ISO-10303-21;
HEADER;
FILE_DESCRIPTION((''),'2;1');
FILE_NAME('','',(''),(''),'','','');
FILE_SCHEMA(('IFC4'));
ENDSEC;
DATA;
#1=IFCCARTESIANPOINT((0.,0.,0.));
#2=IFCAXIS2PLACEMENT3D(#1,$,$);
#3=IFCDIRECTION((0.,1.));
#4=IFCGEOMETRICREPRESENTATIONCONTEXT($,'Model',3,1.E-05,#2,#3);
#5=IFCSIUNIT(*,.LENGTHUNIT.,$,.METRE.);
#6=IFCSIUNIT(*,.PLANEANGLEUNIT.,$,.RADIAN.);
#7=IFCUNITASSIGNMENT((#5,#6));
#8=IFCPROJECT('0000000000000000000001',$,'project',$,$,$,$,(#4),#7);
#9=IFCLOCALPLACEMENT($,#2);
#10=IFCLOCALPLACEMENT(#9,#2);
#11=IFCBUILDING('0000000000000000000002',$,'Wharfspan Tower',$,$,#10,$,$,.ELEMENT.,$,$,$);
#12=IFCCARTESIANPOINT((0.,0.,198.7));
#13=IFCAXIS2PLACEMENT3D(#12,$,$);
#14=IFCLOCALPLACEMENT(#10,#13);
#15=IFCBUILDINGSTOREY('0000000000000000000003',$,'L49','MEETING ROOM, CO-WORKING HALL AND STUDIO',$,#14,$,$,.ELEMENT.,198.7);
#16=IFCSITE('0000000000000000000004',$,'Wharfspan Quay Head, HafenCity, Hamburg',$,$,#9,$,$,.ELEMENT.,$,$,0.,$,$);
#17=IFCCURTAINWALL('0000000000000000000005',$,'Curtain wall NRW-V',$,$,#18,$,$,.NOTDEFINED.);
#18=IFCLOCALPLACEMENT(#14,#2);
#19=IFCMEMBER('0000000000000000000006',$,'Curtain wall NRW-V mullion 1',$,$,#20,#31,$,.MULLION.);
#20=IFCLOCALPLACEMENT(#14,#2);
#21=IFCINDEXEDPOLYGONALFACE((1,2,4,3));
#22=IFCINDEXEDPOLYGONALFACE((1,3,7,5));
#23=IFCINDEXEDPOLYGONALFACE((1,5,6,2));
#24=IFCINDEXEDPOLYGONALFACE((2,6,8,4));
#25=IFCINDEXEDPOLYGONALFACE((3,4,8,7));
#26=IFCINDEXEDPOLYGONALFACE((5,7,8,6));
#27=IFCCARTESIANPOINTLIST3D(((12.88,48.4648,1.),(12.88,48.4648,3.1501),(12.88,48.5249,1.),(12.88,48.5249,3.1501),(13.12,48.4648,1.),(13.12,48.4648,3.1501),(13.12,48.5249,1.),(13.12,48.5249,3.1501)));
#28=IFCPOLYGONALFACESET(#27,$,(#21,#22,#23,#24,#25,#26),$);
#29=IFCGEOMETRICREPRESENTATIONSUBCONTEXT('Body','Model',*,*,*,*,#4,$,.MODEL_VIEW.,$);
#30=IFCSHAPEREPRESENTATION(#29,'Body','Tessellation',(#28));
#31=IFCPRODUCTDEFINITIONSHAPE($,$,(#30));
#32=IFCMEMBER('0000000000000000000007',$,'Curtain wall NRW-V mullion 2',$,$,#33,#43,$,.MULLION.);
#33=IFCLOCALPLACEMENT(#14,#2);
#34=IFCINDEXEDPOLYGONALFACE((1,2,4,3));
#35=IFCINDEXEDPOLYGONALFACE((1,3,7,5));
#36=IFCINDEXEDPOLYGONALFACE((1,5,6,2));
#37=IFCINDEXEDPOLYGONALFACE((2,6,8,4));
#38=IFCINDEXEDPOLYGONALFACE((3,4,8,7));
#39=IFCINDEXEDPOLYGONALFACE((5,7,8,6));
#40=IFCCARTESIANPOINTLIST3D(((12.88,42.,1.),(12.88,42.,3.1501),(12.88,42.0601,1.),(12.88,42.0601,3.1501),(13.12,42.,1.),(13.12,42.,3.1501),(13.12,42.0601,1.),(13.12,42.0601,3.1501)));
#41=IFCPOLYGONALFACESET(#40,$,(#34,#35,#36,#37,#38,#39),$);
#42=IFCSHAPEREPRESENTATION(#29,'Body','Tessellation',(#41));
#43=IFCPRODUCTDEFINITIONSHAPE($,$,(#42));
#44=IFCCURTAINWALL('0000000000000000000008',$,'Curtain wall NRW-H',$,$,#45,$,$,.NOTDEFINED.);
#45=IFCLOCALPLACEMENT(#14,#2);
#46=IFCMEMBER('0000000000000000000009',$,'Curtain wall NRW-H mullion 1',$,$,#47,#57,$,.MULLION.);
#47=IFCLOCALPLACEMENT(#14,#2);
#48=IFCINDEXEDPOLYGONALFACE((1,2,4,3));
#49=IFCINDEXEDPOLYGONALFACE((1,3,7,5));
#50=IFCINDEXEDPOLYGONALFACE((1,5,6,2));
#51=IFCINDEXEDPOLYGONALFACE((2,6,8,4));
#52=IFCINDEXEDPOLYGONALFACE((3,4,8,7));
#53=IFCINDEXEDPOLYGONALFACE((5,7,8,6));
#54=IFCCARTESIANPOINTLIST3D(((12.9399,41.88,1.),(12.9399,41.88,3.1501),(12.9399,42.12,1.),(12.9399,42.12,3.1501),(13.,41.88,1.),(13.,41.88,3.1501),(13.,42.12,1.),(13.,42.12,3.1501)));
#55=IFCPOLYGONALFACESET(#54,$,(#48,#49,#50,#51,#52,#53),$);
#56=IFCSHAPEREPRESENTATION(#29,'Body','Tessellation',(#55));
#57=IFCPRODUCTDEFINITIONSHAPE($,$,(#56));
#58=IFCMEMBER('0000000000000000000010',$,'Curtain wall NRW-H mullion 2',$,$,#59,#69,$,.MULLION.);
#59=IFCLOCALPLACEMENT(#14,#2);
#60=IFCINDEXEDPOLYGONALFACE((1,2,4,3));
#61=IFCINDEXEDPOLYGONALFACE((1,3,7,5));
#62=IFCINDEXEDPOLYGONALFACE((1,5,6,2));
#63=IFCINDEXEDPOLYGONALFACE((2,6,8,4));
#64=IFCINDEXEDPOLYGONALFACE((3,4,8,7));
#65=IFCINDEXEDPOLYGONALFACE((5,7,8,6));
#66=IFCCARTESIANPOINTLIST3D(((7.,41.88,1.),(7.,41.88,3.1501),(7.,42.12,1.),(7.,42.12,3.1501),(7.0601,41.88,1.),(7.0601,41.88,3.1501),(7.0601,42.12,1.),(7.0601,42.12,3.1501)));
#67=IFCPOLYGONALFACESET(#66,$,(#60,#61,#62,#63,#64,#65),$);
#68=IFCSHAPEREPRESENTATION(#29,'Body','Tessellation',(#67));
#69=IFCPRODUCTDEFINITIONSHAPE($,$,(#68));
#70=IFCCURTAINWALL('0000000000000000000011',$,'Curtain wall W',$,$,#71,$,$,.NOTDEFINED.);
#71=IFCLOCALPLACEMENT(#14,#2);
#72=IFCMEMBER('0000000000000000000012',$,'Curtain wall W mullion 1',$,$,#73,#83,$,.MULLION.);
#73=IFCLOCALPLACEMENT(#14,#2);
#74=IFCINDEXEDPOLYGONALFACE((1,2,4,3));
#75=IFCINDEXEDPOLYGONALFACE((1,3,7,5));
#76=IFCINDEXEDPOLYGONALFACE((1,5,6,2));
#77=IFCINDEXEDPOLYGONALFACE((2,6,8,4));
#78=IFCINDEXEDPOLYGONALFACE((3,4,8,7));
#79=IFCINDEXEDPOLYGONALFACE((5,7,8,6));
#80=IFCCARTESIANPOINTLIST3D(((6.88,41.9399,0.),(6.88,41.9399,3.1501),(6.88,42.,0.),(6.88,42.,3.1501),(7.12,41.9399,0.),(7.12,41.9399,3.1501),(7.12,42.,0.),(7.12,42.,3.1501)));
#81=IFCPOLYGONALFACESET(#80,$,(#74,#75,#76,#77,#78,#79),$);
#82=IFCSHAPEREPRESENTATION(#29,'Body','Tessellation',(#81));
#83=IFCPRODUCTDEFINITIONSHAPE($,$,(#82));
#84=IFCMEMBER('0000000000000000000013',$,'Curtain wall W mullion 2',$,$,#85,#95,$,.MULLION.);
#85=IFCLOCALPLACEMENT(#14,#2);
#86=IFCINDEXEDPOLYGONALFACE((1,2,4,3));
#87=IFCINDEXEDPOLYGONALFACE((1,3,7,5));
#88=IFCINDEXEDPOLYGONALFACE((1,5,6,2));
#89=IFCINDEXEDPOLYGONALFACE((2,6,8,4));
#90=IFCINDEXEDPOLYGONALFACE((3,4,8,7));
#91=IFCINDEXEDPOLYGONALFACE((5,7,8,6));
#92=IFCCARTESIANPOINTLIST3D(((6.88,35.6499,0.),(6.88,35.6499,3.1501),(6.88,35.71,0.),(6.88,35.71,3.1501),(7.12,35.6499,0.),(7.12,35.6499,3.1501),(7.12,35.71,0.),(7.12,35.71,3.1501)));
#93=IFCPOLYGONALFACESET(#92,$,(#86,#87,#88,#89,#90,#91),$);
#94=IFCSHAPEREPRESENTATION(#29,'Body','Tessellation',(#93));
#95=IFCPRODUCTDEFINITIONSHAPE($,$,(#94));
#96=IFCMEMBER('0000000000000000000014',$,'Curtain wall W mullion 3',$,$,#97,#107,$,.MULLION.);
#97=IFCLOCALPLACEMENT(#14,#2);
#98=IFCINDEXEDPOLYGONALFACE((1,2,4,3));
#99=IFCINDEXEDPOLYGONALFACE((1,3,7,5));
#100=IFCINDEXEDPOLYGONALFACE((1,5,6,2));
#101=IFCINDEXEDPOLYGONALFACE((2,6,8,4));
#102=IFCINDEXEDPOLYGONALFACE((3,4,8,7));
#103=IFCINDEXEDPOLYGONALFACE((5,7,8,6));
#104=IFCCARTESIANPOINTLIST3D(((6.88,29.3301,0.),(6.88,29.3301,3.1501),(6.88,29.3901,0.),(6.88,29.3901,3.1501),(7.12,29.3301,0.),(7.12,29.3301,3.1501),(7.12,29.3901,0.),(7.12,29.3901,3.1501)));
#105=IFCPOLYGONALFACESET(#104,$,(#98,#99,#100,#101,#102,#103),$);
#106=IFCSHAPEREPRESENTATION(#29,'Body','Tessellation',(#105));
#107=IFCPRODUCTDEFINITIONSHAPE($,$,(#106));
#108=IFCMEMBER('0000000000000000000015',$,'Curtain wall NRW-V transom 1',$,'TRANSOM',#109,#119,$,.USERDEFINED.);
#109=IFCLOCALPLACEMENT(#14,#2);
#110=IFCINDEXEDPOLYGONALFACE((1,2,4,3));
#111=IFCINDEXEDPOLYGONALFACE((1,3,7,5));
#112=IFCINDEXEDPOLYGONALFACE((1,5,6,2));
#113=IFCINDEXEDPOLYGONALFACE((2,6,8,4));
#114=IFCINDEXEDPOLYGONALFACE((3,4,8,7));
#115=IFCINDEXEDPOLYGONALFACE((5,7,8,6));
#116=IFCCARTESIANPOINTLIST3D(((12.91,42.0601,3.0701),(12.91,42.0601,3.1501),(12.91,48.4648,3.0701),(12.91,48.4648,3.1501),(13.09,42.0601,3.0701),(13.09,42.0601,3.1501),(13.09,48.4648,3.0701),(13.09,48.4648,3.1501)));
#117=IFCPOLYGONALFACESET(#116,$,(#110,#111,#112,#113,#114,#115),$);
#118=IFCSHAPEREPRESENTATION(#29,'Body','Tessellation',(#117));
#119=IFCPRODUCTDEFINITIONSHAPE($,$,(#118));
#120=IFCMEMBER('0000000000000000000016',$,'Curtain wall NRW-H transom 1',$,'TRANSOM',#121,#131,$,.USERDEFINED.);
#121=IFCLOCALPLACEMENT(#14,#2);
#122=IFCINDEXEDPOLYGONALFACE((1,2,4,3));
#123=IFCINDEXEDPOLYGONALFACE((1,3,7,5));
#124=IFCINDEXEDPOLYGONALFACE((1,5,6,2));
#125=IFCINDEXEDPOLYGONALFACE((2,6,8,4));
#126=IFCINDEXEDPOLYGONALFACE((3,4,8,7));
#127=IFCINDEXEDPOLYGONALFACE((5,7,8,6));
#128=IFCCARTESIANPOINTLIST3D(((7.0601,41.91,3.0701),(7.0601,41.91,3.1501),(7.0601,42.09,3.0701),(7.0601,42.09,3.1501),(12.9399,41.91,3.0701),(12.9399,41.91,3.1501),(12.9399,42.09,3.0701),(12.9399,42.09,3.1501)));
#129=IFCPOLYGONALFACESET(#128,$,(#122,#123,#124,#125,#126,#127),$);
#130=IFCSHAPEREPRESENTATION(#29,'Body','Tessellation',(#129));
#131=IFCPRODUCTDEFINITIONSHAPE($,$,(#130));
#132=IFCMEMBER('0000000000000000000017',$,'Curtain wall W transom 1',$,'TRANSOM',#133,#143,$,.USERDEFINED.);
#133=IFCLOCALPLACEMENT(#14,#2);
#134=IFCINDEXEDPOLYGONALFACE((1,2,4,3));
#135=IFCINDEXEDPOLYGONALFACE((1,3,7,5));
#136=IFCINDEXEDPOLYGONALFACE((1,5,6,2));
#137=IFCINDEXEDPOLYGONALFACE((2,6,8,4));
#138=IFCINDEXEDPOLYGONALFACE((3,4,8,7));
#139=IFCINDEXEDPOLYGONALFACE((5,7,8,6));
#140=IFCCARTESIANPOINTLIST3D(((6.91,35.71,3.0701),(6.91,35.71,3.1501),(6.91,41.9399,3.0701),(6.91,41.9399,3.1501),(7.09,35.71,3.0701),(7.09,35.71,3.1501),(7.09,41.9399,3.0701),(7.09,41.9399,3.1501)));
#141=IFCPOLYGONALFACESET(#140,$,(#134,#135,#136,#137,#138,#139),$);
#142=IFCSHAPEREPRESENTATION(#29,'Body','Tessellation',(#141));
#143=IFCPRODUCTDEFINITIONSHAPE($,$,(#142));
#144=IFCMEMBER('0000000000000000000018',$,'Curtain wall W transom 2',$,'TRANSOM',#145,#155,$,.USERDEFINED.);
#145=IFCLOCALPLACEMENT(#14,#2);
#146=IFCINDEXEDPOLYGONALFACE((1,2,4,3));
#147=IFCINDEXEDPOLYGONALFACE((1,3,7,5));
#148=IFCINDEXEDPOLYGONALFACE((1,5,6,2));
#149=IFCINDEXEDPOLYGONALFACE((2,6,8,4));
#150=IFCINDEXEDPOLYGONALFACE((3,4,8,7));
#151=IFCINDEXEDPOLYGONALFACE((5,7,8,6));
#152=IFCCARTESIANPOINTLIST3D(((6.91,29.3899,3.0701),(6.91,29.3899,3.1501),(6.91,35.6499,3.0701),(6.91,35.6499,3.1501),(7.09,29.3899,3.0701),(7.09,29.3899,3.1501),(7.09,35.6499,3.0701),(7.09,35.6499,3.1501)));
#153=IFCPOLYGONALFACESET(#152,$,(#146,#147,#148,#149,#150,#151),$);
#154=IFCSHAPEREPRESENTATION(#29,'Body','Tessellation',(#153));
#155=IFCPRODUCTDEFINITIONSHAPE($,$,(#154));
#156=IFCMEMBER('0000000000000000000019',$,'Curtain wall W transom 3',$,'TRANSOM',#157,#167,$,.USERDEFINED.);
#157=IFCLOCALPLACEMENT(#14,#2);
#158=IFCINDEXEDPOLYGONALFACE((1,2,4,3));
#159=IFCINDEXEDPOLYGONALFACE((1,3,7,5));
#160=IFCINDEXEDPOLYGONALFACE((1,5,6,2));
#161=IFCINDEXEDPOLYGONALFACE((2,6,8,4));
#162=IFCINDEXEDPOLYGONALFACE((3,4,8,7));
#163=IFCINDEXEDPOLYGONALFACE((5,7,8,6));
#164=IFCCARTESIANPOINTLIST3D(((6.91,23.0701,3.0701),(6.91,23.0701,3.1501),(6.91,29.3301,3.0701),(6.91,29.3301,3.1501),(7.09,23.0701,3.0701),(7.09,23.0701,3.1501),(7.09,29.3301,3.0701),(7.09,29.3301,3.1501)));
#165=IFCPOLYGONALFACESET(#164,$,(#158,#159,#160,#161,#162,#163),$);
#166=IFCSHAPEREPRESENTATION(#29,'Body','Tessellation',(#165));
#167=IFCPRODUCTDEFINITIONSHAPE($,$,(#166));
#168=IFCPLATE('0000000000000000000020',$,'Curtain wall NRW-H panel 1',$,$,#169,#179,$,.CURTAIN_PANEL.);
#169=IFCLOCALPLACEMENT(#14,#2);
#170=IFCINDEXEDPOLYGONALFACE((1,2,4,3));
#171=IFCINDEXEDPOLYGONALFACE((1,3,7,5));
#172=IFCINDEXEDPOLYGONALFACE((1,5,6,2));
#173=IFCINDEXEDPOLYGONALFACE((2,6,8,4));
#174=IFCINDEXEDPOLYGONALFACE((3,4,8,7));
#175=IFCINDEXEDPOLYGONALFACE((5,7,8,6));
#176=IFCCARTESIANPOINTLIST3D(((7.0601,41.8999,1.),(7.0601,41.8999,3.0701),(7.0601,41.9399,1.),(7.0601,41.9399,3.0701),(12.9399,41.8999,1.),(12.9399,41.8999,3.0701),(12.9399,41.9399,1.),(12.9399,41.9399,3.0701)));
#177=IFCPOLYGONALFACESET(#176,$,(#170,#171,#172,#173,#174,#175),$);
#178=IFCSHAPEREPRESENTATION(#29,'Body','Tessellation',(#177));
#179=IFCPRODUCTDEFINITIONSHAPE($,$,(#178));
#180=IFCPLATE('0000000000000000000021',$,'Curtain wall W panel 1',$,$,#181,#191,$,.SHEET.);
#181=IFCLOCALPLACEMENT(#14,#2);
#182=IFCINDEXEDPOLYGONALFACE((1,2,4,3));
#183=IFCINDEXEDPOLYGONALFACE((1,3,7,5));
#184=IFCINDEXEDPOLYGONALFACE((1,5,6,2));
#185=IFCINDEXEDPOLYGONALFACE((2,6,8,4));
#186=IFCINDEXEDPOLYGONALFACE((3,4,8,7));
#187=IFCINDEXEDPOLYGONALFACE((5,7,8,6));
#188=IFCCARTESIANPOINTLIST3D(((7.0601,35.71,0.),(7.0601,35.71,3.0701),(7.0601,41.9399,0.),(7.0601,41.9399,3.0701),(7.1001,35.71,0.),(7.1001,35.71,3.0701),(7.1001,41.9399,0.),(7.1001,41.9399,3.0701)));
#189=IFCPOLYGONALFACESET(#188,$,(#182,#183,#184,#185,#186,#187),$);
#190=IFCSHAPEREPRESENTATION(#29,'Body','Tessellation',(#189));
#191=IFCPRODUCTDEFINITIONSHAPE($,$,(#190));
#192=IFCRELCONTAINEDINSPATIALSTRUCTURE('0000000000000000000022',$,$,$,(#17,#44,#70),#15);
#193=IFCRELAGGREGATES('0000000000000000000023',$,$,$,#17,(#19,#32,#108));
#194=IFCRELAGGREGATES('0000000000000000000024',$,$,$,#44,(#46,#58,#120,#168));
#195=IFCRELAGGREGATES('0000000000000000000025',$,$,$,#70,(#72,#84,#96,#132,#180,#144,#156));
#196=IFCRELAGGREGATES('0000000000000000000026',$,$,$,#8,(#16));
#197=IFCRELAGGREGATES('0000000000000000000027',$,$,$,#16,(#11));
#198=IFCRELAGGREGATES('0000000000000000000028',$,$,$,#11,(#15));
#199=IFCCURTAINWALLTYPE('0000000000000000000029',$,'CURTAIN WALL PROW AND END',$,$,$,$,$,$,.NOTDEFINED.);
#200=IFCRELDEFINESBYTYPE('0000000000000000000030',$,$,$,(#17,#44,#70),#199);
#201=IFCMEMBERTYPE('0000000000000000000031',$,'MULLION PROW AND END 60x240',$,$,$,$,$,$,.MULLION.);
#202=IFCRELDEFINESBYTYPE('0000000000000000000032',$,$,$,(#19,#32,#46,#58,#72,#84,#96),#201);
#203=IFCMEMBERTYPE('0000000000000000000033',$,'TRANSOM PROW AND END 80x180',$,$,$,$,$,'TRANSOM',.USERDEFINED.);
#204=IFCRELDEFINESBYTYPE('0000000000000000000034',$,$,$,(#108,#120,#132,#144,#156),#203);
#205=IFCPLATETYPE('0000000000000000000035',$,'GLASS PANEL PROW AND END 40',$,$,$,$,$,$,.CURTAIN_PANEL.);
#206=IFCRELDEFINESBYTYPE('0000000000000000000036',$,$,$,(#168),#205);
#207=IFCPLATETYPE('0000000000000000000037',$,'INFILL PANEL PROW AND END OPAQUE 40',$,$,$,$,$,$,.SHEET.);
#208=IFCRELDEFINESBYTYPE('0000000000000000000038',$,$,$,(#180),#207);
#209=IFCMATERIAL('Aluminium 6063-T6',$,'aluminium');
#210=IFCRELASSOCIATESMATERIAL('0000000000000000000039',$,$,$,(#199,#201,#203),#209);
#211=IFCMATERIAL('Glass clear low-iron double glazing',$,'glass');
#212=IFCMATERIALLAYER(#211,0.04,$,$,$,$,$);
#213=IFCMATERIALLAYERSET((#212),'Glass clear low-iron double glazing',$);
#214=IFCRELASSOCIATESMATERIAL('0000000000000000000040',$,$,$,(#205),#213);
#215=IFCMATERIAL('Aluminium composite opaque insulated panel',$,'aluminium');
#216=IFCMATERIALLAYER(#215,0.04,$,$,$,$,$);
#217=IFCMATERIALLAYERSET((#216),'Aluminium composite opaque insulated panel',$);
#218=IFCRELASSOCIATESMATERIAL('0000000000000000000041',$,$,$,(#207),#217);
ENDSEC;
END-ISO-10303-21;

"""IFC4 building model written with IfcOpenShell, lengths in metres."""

from ifc_helpers import new_model, si_unit, direction, frame, origin, origin_2d, place, context, subcontext, project, spatial, rectangle, extrude, material, layer, layer_set, material_profile, profile_set, type_object, element, aggregate, save


model = new_model("IFC4")

# Units and contexts
model_context = context("Model", 3, precision=1e-05, world=origin(), true_north=direction((0.0, 1.0)))
body_context = subcontext(model_context, "Body", "Model", "MODEL_VIEW")
ifc_project = project(units=[si_unit("LENGTHUNIT", "METRE"), si_unit("PLANEANGLEUNIT", "RADIAN")], contexts=[model_context])

# Site, building, storey
site_placement = place(None, origin())
site = spatial("IfcSite", under=ifc_project, at=site_placement, Name="Wharfspan Quay Head, HafenCity, Hamburg", CompositionType="ELEMENT", RefElevation=0.0)
building_placement = place(site_placement, origin())
building = spatial("IfcBuilding", under=site, at=building_placement, Name="Wharfspan Tower", CompositionType="ELEMENT")
storey_placement = place(building_placement, frame((0.0, 0.0, 198.7)))
storey = spatial("IfcBuildingStorey", under=building, at=storey_placement, Name="L49", Description="MEETING ROOM, CO-WORKING HALL AND STUDIO", CompositionType="ELEMENT", Elevation=198.7)

# Curtain walls, members
ifc_material_1 = material(Name="Aluminium 6063-T6", Category="aluminium")
curtain_wall_type = type_object("IfcCurtainWallType", Name="CURTAIN WALL PROW AND END", PredefinedType="NOTDEFINED", material=ifc_material_1)
curtain_wall_1_placement = place(storey_placement, origin())
curtain_wall_1 = element("IfcCurtainWall", 1, at=curtain_wall_1_placement, inside=storey, type_object=curtain_wall_type, Name="Curtain wall NRW-V", PredefinedType="NOTDEFINED")
ifc_material_profile_1 = material_profile(ifc_material_1, rectangle(XDim=0.24, YDim=0.0601, at=origin_2d()))
ifc_profile_set_1 = profile_set([ifc_material_profile_1], Name="Aluminium 6063-T6")
member_type_1 = type_object("IfcMemberType", Name="MULLION PROW AND END 60x240", PredefinedType="MULLION", material=ifc_profile_set_1)
member_1_placement = place(storey_placement, frame((13.0, 48.4949, 1.0), z_axis=(0.0, 0.0, 1.0), x_axis=(1.0, 0.0, 0.0)))
member_1 = element("IfcMember", 2, at=member_1_placement, type_object=member_type_1, Name="Curtain wall NRW-V mullion 1", PredefinedType="MULLION", context=body_context, shape_type="SweptSolid", body=[
    extrude(rectangle(XDim=0.24, YDim=0.0601, at=origin_2d()), origin(), (0.0, 0.0, 1.0), 2.1501),
])
member_2_placement = place(storey_placement, frame((13.0, 42.03, 1.0), z_axis=(0.0, 0.0, 1.0), x_axis=(1.0, 0.0, 0.0)))
member_2 = element("IfcMember", 3, at=member_2_placement, type_object=member_type_1, Name="Curtain wall NRW-V mullion 2", PredefinedType="MULLION", context=body_context, shape_type="SweptSolid", body=[
    extrude(rectangle(XDim=0.24, YDim=0.0601, at=origin_2d()), origin(), (0.0, 0.0, 1.0), 2.1501),
])
curtain_wall_2_placement = place(storey_placement, origin())
curtain_wall_2 = element("IfcCurtainWall", 4, at=curtain_wall_2_placement, inside=storey, type_object=curtain_wall_type, Name="Curtain wall NRW-H", PredefinedType="NOTDEFINED")
member_3_placement = place(storey_placement, frame((12.97, 42.0, 1.0), z_axis=(0.0, 0.0, 1.0), x_axis=(0.0, -1.0, 0.0)))
member_3 = element("IfcMember", 5, at=member_3_placement, type_object=member_type_1, Name="Curtain wall NRW-H mullion 1", PredefinedType="MULLION", context=body_context, shape_type="SweptSolid", body=[
    extrude(rectangle(XDim=0.24, YDim=0.0601, at=origin_2d()), origin(), (0.0, 0.0, 1.0), 2.1501),
])
member_4_placement = place(storey_placement, frame((7.03, 42.0, 1.0), z_axis=(0.0, 0.0, 1.0), x_axis=(0.0, -1.0, 0.0)))
member_4 = element("IfcMember", 6, at=member_4_placement, type_object=member_type_1, Name="Curtain wall NRW-H mullion 2", PredefinedType="MULLION", context=body_context, shape_type="SweptSolid", body=[
    extrude(rectangle(XDim=0.24, YDim=0.0601, at=origin_2d()), origin(), (0.0, 0.0, 1.0), 2.1501),
])
curtain_wall_3_placement = place(storey_placement, origin())
curtain_wall_3 = element("IfcCurtainWall", 7, at=curtain_wall_3_placement, inside=storey, type_object=curtain_wall_type, Name="Curtain wall W", PredefinedType="NOTDEFINED")
member_5_placement = place(storey_placement, frame((7.0, 41.97, 0.0), z_axis=(0.0, 0.0, 1.0), x_axis=(1.0, 0.0, 0.0)))
member_5 = element("IfcMember", 8, at=member_5_placement, type_object=member_type_1, Name="Curtain wall W mullion 1", PredefinedType="MULLION", context=body_context, shape_type="SweptSolid", body=[
    extrude(rectangle(XDim=0.24, YDim=0.0601, at=origin_2d()), origin(), (0.0, 0.0, 1.0), 3.1501),
])
member_6_placement = place(storey_placement, frame((7.0, 35.6799, 0.0), z_axis=(0.0, 0.0, 1.0), x_axis=(1.0, 0.0, 0.0)))
member_6 = element("IfcMember", 9, at=member_6_placement, type_object=member_type_1, Name="Curtain wall W mullion 2", PredefinedType="MULLION", context=body_context, shape_type="SweptSolid", body=[
    extrude(rectangle(XDim=0.24, YDim=0.0601, at=origin_2d()), origin(), (0.0, 0.0, 1.0), 3.1501),
])
member_7_placement = place(storey_placement, frame((7.0, 29.3601, 0.0), z_axis=(0.0, 0.0, 1.0), x_axis=(1.0, 0.0, 0.0)))
member_7 = element("IfcMember", 10, at=member_7_placement, type_object=member_type_1, Name="Curtain wall W mullion 3", PredefinedType="MULLION", context=body_context, shape_type="SweptSolid", body=[
    extrude(rectangle(XDim=0.24, YDim=0.0601, at=origin_2d()), origin(), (0.0, 0.0, 1.0), 3.1501),
])

# Members
ifc_material_profile_2 = material_profile(ifc_material_1, rectangle(XDim=0.1799, YDim=0.0801, at=origin_2d()))
ifc_profile_set_2 = profile_set([ifc_material_profile_2], Name="Aluminium 6063-T6")
member_type_2 = type_object("IfcMemberType", Name="TRANSOM PROW AND END 80x180", ElementType="TRANSOM", PredefinedType="USERDEFINED", material=ifc_profile_set_2)
member_8_placement = place(storey_placement, frame((13.0, 48.4648, 3.1101), z_axis=(0.0, -1.0, 0.0), x_axis=(1.0, 0.0, 0.0)))
member_8 = element("IfcMember", 11, at=member_8_placement, type_object=member_type_2, Name="Curtain wall NRW-V transom 1", ObjectType="TRANSOM", PredefinedType="USERDEFINED", context=body_context, shape_type="SweptSolid", body=[
    extrude(rectangle(XDim=0.1799, YDim=0.0801, at=origin_2d()), origin(), (0.0, 0.0, 1.0), 6.4048),
])
aggregate(curtain_wall_1, [member_1, member_2, member_8])
member_9_placement = place(storey_placement, frame((12.9399, 42.0, 3.1101), z_axis=(-1.0, 0.0, 0.0), x_axis=(0.0, -1.0, 0.0)))
member_9 = element("IfcMember", 12, at=member_9_placement, type_object=member_type_2, Name="Curtain wall NRW-H transom 1", ObjectType="TRANSOM", PredefinedType="USERDEFINED", context=body_context, shape_type="SweptSolid", body=[
    extrude(rectangle(XDim=0.1799, YDim=0.0801, at=origin_2d()), origin(), (0.0, 0.0, 1.0), 5.8799),
])
member_10_placement = place(storey_placement, frame((7.0, 41.9399, 3.1101), z_axis=(0.0, -1.0, 0.0), x_axis=(1.0, 0.0, 0.0)))
member_10 = element("IfcMember", 13, at=member_10_placement, type_object=member_type_2, Name="Curtain wall W transom 1", ObjectType="TRANSOM", PredefinedType="USERDEFINED", context=body_context, shape_type="SweptSolid", body=[
    extrude(rectangle(XDim=0.1799, YDim=0.0801, at=origin_2d()), origin(), (0.0, 0.0, 1.0), 6.23),
])
member_11_placement = place(storey_placement, frame((7.0, 35.6499, 3.1101), z_axis=(0.0, -1.0, 0.0), x_axis=(1.0, 0.0, 0.0)))
member_11 = element("IfcMember", 14, at=member_11_placement, type_object=member_type_2, Name="Curtain wall W transom 2", ObjectType="TRANSOM", PredefinedType="USERDEFINED", context=body_context, shape_type="SweptSolid", body=[
    extrude(rectangle(XDim=0.1799, YDim=0.0801, at=origin_2d()), origin(), (0.0, 0.0, 1.0), 6.26),
])
member_12_placement = place(storey_placement, frame((7.0, 29.3301, 3.1101), z_axis=(0.0, -1.0, 0.0), x_axis=(1.0, 0.0, 0.0)))
member_12 = element("IfcMember", 15, at=member_12_placement, type_object=member_type_2, Name="Curtain wall W transom 3", ObjectType="TRANSOM", PredefinedType="USERDEFINED", context=body_context, shape_type="SweptSolid", body=[
    extrude(rectangle(XDim=0.1799, YDim=0.0801, at=origin_2d()), origin(), (0.0, 0.0, 1.0), 6.26),
])

# Plates
ifc_material_2 = material(Name="Glass clear low-iron double glazing", Category="glass")
ifc_layer_1 = layer(ifc_material_2, 0.04)
ifc_layer_set_1 = layer_set([ifc_layer_1], Name="Glass clear low-iron double glazing")
plate_type_1 = type_object("IfcPlateType", Name="GLASS PANEL PROW AND END 40", PredefinedType="CURTAIN_PANEL", material=ifc_layer_set_1)
plate_1_placement = place(storey_placement, frame((10.0, 41.9199, 1.0), z_axis=(0.0, 0.0, 1.0), x_axis=(-1.0, 0.0, 0.0)))
plate_1 = element("IfcPlate", 16, at=plate_1_placement, type_object=plate_type_1, Name="Curtain wall NRW-H panel 1", PredefinedType="CURTAIN_PANEL", context=body_context, shape_type="SweptSolid", body=[
    extrude(rectangle(XDim=5.8799, YDim=0.04, at=origin_2d()), origin(), (0.0, 0.0, 1.0), 2.0701),
])
aggregate(curtain_wall_2, [member_3, member_4, member_9, plate_1])
ifc_material_3 = material(Name="Aluminium composite opaque insulated panel", Category="aluminium")
ifc_layer_2 = layer(ifc_material_3, 0.04)
ifc_layer_set_2 = layer_set([ifc_layer_2], Name="Aluminium composite opaque insulated panel")
plate_type_2 = type_object("IfcPlateType", Name="INFILL PANEL PROW AND END OPAQUE 40", PredefinedType="SHEET", material=ifc_layer_set_2)
plate_2_placement = place(storey_placement, frame((7.0801, 38.825, 0.0), z_axis=(0.0, 0.0, 1.0), x_axis=(0.0, -1.0, 0.0)))
plate_2 = element("IfcPlate", 17, at=plate_2_placement, type_object=plate_type_2, Name="Curtain wall W panel 1", PredefinedType="SHEET", context=body_context, shape_type="SweptSolid", body=[
    extrude(rectangle(XDim=6.23, YDim=0.04, at=origin_2d()), origin(), (0.0, 0.0, 1.0), 3.0701),
])
aggregate(curtain_wall_3, [member_5, member_6, member_7, member_10, plate_2, member_11, member_12])

save(model, "model.ifc")
